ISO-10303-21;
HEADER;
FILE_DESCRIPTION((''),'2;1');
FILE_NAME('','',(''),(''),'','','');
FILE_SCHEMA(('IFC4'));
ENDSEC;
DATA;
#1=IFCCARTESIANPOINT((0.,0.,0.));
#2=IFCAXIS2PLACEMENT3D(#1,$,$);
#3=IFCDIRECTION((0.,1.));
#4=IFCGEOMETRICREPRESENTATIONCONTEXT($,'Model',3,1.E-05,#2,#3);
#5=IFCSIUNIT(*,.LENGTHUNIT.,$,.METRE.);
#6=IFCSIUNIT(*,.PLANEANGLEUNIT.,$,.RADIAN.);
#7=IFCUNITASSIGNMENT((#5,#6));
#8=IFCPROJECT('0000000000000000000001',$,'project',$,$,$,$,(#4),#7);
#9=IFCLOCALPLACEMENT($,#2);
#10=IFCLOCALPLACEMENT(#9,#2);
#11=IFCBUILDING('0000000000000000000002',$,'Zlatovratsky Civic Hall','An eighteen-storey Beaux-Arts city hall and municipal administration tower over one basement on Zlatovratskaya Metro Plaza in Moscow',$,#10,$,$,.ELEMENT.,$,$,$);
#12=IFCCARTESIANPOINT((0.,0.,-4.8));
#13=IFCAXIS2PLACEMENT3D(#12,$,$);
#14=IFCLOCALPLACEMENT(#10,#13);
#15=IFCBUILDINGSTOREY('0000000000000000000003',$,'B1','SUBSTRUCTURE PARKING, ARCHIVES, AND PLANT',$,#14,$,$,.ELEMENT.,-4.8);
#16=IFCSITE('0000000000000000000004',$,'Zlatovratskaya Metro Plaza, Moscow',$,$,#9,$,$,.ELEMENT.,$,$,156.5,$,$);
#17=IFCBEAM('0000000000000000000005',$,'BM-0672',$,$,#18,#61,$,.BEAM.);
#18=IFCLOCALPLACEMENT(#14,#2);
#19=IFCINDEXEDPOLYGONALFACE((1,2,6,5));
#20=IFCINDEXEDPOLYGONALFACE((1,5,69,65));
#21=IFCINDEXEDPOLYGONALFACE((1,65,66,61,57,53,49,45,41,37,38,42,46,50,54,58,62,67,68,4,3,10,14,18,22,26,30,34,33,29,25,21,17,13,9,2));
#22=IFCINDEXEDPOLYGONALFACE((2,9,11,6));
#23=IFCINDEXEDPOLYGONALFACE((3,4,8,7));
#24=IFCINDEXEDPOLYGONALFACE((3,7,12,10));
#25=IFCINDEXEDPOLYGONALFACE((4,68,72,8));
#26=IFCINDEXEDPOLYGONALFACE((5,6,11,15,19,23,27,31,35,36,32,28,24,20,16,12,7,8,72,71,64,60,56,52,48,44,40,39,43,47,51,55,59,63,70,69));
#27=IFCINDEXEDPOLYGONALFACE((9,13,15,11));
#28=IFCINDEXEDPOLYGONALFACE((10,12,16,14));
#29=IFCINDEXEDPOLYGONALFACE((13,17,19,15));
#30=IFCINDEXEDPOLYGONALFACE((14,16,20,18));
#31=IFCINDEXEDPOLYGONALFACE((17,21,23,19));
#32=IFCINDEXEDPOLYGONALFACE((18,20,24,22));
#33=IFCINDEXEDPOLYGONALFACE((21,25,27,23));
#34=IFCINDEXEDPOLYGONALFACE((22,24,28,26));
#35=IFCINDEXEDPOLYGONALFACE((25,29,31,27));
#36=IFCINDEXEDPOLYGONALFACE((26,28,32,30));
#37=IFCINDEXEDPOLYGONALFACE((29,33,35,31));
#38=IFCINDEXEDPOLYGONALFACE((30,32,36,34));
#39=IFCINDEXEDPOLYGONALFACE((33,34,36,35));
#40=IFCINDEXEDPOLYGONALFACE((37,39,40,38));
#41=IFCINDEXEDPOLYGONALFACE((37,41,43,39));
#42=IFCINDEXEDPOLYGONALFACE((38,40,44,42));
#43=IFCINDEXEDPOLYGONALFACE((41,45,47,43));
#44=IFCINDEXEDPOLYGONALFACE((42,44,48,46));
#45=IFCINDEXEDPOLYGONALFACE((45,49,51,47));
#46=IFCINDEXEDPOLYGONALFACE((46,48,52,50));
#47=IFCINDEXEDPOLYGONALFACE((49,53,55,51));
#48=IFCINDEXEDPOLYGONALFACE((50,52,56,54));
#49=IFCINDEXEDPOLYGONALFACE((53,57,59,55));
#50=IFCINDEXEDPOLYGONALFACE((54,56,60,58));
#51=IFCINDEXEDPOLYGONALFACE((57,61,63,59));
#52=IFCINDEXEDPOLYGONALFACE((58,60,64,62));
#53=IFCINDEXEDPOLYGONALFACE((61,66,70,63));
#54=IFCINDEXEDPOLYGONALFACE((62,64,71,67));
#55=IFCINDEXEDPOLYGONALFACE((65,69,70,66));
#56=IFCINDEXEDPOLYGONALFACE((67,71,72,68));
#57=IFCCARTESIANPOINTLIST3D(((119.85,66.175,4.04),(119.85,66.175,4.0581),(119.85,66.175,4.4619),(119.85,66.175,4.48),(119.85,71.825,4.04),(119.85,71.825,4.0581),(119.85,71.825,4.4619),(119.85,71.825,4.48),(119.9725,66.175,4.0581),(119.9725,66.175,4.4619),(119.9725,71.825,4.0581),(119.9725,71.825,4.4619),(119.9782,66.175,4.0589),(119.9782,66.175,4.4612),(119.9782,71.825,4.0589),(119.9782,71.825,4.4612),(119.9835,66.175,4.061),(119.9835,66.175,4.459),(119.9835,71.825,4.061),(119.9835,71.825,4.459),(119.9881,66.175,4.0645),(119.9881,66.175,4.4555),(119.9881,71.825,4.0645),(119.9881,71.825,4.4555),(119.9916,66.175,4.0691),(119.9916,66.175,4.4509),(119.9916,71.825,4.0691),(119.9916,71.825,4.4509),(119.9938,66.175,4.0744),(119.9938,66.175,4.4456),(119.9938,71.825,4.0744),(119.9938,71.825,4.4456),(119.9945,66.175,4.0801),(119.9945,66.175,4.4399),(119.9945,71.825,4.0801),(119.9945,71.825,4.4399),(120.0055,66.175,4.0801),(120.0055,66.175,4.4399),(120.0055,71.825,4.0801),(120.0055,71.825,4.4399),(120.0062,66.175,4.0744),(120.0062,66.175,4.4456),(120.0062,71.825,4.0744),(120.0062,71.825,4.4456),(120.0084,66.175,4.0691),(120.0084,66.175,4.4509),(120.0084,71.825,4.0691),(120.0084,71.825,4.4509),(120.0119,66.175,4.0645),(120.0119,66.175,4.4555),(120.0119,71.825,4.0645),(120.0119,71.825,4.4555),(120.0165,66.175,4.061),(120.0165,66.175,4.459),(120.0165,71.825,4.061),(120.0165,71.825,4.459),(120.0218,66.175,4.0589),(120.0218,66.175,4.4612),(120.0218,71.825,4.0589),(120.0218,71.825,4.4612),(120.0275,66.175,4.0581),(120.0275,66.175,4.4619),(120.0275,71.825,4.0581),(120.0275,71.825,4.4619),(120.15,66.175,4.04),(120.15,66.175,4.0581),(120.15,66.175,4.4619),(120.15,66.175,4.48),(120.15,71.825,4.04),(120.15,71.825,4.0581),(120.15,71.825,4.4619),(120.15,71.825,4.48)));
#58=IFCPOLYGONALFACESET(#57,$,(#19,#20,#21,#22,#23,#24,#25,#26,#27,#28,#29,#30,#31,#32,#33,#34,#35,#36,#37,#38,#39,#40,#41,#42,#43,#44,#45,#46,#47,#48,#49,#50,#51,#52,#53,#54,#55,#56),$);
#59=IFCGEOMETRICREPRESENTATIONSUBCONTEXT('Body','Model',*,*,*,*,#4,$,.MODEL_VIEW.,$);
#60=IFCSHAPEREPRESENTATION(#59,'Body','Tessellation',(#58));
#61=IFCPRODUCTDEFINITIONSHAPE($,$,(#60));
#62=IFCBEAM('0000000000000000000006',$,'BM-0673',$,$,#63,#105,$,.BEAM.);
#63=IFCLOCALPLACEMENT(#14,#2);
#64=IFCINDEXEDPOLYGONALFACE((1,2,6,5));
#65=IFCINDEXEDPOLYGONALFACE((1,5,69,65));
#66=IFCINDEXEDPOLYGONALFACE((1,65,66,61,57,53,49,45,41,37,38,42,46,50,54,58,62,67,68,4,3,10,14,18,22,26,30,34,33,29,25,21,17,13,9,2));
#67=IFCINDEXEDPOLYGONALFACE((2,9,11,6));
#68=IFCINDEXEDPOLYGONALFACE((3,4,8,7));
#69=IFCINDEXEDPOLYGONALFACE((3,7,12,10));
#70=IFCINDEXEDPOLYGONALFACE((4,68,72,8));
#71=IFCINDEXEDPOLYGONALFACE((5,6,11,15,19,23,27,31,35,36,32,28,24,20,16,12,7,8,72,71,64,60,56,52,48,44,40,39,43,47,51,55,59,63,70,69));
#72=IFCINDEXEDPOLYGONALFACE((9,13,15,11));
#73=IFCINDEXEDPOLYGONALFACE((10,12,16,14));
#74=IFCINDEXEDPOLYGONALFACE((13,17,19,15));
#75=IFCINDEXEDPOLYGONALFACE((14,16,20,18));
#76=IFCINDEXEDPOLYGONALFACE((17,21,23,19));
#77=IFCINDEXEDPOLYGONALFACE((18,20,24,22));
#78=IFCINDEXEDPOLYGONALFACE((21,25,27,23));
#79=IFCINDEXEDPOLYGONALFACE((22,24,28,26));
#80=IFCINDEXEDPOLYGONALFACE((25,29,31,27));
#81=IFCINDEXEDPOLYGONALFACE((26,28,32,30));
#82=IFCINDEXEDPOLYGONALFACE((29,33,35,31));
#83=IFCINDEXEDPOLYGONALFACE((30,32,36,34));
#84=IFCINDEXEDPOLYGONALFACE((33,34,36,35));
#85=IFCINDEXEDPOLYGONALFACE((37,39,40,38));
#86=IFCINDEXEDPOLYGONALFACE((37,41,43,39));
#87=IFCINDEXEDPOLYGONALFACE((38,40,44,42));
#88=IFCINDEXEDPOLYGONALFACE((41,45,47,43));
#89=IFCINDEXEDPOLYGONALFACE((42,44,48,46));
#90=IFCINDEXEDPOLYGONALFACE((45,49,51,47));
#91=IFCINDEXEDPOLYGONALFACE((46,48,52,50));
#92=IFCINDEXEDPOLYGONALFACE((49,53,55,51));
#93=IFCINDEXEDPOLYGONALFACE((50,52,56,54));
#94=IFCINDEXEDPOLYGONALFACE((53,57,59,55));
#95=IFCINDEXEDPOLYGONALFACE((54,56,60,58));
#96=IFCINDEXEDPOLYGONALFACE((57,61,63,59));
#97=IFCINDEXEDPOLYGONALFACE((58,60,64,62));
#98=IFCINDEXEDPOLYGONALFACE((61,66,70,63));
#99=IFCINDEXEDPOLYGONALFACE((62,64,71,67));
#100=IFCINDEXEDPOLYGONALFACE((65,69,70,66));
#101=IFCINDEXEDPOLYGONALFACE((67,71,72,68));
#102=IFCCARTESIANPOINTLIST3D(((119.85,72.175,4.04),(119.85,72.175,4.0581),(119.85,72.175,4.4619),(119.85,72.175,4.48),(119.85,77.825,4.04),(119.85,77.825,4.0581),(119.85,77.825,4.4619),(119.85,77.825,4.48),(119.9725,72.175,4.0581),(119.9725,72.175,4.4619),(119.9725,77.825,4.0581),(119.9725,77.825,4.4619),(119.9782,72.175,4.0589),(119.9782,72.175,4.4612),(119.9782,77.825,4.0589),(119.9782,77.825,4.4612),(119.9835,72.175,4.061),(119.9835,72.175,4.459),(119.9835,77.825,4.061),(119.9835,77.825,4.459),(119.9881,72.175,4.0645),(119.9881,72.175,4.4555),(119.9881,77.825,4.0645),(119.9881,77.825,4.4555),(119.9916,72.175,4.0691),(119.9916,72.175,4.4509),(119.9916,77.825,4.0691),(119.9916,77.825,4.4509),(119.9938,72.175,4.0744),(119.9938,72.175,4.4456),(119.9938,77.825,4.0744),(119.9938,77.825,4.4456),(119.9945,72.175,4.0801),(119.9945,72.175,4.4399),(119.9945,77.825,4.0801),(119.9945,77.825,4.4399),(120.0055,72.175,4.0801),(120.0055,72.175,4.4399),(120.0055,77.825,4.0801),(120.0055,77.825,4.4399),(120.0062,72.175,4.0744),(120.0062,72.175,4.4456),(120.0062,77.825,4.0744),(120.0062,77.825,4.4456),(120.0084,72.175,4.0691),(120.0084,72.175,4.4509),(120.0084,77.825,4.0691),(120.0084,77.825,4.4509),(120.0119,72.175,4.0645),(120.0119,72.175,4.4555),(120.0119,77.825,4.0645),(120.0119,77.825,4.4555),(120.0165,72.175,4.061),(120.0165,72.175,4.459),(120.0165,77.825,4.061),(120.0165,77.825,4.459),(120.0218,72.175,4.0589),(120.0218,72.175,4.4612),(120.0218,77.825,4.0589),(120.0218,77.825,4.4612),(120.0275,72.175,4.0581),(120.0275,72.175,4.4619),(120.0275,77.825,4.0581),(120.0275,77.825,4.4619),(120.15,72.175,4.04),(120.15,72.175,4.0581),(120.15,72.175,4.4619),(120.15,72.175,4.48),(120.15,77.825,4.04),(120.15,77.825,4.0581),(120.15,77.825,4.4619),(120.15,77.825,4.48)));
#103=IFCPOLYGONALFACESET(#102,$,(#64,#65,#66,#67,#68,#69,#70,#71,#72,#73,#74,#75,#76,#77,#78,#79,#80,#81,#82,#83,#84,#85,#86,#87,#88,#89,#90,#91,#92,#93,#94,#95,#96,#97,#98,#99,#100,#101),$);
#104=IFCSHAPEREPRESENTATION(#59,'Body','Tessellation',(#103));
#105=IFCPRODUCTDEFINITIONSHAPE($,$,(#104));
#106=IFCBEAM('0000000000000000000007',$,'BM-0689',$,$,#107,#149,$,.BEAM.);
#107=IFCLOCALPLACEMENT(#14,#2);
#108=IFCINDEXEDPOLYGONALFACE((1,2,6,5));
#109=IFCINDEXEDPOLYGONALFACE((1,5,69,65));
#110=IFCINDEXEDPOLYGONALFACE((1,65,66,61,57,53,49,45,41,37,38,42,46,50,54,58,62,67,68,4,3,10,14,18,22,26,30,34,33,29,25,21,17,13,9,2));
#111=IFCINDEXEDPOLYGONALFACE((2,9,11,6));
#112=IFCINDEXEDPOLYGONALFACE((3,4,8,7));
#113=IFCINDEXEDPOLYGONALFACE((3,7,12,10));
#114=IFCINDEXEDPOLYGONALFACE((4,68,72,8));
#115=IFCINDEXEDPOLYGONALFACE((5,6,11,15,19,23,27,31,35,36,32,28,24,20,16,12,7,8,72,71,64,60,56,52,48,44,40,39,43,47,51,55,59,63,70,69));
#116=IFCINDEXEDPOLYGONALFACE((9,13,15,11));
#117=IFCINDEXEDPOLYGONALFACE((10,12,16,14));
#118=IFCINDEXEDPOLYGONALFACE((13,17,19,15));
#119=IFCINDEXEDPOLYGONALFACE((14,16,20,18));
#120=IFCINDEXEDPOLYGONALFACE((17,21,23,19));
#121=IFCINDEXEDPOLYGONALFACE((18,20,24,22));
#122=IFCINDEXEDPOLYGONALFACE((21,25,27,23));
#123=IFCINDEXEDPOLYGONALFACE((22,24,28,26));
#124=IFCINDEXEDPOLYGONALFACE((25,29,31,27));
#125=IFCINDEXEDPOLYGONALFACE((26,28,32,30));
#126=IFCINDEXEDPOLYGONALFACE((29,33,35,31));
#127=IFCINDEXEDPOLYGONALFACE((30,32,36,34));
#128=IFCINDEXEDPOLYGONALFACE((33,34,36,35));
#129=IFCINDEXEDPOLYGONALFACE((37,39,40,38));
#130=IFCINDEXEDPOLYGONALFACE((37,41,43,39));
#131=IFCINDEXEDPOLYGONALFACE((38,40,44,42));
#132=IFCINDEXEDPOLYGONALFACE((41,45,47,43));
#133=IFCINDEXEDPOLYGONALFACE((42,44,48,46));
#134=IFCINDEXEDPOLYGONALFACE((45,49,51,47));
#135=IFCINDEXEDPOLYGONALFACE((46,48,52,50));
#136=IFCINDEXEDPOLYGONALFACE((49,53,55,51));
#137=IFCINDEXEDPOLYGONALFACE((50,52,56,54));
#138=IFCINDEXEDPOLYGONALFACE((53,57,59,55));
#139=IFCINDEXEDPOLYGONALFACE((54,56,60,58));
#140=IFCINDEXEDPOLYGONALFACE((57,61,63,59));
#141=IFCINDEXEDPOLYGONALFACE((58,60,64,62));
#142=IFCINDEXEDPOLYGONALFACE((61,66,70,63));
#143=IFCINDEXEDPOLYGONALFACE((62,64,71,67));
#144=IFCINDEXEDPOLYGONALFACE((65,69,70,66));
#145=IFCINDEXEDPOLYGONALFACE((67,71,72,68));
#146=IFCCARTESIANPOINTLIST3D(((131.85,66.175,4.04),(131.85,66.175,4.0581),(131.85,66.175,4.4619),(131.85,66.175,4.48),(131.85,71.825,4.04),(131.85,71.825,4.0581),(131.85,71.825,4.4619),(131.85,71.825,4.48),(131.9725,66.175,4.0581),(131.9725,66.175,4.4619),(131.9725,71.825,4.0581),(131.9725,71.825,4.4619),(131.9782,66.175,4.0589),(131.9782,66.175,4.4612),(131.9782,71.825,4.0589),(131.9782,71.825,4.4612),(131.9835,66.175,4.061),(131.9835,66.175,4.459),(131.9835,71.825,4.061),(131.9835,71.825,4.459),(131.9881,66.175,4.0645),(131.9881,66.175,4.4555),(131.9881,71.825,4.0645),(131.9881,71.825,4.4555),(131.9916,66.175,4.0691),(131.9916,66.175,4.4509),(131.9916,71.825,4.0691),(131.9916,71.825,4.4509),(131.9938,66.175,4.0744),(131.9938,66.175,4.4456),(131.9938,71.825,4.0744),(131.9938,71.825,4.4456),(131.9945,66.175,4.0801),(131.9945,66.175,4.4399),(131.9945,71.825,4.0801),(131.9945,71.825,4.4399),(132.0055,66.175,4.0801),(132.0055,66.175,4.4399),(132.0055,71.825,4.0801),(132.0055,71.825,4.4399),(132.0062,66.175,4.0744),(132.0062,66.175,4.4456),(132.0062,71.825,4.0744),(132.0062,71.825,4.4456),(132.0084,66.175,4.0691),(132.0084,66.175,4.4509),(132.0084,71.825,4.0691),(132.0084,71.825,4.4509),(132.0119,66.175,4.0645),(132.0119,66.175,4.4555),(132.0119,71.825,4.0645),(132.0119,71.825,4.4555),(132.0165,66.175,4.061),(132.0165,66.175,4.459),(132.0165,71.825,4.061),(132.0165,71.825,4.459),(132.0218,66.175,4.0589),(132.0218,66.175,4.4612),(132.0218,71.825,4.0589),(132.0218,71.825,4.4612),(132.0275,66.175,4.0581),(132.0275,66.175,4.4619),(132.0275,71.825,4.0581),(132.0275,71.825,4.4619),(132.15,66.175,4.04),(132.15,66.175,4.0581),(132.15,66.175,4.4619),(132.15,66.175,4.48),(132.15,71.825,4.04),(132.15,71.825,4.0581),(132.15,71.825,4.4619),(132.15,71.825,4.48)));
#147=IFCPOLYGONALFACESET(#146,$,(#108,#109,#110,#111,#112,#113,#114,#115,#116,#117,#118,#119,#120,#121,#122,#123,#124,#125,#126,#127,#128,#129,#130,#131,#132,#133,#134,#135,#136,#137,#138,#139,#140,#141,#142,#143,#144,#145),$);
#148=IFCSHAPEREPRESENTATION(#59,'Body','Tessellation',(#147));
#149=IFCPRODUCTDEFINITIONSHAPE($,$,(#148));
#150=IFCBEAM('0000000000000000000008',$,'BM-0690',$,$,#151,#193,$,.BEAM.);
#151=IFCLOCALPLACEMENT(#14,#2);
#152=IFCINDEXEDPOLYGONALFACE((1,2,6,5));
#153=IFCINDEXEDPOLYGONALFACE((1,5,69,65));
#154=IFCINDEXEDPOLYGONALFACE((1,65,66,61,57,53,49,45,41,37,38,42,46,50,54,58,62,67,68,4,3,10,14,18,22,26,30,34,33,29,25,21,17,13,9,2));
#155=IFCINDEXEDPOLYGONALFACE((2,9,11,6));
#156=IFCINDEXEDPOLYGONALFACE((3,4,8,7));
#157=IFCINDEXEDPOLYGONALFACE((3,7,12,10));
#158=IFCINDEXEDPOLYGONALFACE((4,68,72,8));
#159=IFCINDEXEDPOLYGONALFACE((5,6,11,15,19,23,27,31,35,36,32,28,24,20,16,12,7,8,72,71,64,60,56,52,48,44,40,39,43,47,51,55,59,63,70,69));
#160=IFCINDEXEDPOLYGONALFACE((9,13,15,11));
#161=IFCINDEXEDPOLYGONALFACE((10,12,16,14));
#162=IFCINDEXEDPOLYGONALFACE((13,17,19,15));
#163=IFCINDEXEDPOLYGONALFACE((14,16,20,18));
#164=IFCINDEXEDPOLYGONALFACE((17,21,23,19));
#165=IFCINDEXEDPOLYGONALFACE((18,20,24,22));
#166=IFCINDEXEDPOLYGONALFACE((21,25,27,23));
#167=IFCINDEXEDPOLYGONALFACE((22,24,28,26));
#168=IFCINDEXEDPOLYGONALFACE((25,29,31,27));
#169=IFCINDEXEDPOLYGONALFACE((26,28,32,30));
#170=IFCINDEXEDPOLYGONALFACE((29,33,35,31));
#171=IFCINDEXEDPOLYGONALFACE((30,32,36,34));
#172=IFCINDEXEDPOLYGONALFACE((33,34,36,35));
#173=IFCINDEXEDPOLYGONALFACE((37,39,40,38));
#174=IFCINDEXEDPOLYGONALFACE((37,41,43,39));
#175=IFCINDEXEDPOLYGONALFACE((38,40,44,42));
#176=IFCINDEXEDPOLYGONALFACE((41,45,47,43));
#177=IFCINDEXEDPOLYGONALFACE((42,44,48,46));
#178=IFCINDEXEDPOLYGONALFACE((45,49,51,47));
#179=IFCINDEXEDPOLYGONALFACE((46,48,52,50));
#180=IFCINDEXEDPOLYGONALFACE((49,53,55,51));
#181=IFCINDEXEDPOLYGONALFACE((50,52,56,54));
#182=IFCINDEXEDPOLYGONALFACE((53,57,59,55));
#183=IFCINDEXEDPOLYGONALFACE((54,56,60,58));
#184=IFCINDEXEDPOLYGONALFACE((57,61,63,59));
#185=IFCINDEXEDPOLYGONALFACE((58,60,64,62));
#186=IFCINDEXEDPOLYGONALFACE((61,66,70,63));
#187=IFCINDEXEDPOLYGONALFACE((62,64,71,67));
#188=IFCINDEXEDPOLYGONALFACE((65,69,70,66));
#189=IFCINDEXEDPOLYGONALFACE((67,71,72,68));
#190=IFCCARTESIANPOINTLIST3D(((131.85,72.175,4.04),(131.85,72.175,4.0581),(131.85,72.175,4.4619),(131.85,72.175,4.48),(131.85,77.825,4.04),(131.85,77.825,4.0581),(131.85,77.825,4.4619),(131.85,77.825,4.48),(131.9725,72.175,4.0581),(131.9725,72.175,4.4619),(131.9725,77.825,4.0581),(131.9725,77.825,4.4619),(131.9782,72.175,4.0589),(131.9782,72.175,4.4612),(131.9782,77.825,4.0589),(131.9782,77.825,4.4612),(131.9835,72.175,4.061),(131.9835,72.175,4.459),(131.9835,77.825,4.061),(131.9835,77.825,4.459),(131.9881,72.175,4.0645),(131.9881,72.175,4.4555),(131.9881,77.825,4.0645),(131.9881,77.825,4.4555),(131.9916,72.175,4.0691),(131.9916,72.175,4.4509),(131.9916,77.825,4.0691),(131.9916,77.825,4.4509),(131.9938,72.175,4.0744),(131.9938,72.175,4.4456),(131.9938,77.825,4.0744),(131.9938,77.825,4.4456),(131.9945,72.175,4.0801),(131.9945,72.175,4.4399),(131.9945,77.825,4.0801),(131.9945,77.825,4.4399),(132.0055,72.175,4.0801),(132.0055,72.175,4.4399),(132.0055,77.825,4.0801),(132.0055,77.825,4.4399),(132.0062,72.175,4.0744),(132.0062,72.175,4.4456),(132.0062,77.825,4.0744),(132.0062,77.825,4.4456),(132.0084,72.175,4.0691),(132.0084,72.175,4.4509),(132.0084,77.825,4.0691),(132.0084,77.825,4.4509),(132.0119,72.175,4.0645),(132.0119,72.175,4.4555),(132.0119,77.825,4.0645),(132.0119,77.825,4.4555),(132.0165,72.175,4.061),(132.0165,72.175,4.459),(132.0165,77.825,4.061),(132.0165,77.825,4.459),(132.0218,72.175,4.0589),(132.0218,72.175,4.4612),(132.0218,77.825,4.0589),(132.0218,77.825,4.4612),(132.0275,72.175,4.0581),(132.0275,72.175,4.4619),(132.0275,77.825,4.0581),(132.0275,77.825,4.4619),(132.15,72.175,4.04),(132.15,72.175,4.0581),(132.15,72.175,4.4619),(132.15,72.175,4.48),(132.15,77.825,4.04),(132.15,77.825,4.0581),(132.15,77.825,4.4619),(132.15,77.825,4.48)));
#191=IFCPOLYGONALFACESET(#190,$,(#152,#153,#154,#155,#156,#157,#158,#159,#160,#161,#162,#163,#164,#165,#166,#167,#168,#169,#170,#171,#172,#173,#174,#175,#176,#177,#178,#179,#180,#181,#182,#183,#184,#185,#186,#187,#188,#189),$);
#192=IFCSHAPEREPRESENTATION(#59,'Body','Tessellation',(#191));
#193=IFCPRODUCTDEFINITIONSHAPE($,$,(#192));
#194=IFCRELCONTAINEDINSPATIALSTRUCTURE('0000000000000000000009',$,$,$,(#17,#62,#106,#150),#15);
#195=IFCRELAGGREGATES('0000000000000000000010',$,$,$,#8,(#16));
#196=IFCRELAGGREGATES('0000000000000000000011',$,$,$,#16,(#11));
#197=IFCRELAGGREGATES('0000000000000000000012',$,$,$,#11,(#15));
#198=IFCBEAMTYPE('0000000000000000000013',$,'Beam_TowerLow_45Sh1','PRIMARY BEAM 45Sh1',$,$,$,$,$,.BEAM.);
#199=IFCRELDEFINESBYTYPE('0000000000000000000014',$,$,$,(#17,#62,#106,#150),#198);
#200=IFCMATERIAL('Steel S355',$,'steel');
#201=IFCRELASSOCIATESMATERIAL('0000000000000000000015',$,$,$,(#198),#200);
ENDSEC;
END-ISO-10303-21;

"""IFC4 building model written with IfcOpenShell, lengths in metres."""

from ifc_helpers import new_model, si_unit, direction, frame, origin, origin_2d, place, context, subcontext, project, spatial, i_section, extrude, material, material_profile, profile_set, type_object, element, save


model = new_model("IFC4")

# Units and contexts
model_context = context("Model", 3, precision=1e-05, world=origin(), true_north=direction((0.0, 1.0)))
body_context = subcontext(model_context, "Body", "Model", "MODEL_VIEW")
ifc_project = project(units=[si_unit("LENGTHUNIT", "METRE"), si_unit("PLANEANGLEUNIT", "RADIAN")], contexts=[model_context])

# Site, building, storey
site_placement = place(None, origin())
site = spatial("IfcSite", under=ifc_project, at=site_placement, Name="Zlatovratskaya Metro Plaza, Moscow", CompositionType="ELEMENT", RefElevation=156.5)
building_placement = place(site_placement, origin())
building = spatial("IfcBuilding", under=site, at=building_placement, Name="Zlatovratsky Civic Hall", Description="An eighteen-storey Beaux-Arts city hall and municipal administration tower over one basement on Zlatovratskaya Metro Plaza in Moscow", CompositionType="ELEMENT")
storey_placement = place(building_placement, frame((0.0, 0.0, -4.8)))
storey = spatial("IfcBuildingStorey", under=building, at=storey_placement, Name="B1", Description="SUBSTRUCTURE PARKING, ARCHIVES, AND PLANT", CompositionType="ELEMENT", Elevation=-4.8)

# Shared definitions
ifc_material_1 = material(Name="Steel S355", Category="steel")

# Beams
ifc_material_profile_1 = material_profile(ifc_material_1, i_section(OverallWidth=0.3, OverallDepth=0.4399, WebThickness=0.011, FlangeThickness=0.0181, FilletRadius=0.022, at=origin_2d()), Name="45Sh1")
ifc_profile_set_1 = profile_set([ifc_material_profile_1], Name="Steel S355")
beam_type_1 = type_object("IfcBeamType", Name="Beam_TowerLow_45Sh1", Description="PRIMARY BEAM 45Sh1", PredefinedType="BEAM", material=ifc_profile_set_1)
for number, where, z_axis, x_axis, name in (
    (1, (120.0, 66.175, 4.26), (0.0, 1.0, 0.0), (-1.0, 0.0, 0.0), "BM-0672"),
    (2, (120.0, 72.175, 4.26), (0.0, 1.0, 0.0), (-1.0, 0.0, 0.0), "BM-0673"),
    (3, (132.0, 66.175, 4.26), (0.0, 1.0, 0.0), (-1.0, 0.0, 0.0), "BM-0689"),
    (4, (132.0, 72.175, 4.26), (0.0, 1.0, 0.0), (-1.0, 0.0, 0.0), "BM-0690"),
):
    element("IfcBeam", number, at=place(storey_placement, frame(where, z_axis=z_axis, x_axis=x_axis)), inside=storey, type_object=beam_type_1, Name=name, PredefinedType="BEAM", context=body_context, shape_type="SweptSolid", body=[
        extrude(i_section(OverallWidth=0.3, OverallDepth=0.4399, WebThickness=0.011, FlangeThickness=0.0181, FilletRadius=0.022, at=origin_2d()), origin(), (0.0, 0.0, 1.0), 5.6499),
    ])

save(model, "model.ifc")
